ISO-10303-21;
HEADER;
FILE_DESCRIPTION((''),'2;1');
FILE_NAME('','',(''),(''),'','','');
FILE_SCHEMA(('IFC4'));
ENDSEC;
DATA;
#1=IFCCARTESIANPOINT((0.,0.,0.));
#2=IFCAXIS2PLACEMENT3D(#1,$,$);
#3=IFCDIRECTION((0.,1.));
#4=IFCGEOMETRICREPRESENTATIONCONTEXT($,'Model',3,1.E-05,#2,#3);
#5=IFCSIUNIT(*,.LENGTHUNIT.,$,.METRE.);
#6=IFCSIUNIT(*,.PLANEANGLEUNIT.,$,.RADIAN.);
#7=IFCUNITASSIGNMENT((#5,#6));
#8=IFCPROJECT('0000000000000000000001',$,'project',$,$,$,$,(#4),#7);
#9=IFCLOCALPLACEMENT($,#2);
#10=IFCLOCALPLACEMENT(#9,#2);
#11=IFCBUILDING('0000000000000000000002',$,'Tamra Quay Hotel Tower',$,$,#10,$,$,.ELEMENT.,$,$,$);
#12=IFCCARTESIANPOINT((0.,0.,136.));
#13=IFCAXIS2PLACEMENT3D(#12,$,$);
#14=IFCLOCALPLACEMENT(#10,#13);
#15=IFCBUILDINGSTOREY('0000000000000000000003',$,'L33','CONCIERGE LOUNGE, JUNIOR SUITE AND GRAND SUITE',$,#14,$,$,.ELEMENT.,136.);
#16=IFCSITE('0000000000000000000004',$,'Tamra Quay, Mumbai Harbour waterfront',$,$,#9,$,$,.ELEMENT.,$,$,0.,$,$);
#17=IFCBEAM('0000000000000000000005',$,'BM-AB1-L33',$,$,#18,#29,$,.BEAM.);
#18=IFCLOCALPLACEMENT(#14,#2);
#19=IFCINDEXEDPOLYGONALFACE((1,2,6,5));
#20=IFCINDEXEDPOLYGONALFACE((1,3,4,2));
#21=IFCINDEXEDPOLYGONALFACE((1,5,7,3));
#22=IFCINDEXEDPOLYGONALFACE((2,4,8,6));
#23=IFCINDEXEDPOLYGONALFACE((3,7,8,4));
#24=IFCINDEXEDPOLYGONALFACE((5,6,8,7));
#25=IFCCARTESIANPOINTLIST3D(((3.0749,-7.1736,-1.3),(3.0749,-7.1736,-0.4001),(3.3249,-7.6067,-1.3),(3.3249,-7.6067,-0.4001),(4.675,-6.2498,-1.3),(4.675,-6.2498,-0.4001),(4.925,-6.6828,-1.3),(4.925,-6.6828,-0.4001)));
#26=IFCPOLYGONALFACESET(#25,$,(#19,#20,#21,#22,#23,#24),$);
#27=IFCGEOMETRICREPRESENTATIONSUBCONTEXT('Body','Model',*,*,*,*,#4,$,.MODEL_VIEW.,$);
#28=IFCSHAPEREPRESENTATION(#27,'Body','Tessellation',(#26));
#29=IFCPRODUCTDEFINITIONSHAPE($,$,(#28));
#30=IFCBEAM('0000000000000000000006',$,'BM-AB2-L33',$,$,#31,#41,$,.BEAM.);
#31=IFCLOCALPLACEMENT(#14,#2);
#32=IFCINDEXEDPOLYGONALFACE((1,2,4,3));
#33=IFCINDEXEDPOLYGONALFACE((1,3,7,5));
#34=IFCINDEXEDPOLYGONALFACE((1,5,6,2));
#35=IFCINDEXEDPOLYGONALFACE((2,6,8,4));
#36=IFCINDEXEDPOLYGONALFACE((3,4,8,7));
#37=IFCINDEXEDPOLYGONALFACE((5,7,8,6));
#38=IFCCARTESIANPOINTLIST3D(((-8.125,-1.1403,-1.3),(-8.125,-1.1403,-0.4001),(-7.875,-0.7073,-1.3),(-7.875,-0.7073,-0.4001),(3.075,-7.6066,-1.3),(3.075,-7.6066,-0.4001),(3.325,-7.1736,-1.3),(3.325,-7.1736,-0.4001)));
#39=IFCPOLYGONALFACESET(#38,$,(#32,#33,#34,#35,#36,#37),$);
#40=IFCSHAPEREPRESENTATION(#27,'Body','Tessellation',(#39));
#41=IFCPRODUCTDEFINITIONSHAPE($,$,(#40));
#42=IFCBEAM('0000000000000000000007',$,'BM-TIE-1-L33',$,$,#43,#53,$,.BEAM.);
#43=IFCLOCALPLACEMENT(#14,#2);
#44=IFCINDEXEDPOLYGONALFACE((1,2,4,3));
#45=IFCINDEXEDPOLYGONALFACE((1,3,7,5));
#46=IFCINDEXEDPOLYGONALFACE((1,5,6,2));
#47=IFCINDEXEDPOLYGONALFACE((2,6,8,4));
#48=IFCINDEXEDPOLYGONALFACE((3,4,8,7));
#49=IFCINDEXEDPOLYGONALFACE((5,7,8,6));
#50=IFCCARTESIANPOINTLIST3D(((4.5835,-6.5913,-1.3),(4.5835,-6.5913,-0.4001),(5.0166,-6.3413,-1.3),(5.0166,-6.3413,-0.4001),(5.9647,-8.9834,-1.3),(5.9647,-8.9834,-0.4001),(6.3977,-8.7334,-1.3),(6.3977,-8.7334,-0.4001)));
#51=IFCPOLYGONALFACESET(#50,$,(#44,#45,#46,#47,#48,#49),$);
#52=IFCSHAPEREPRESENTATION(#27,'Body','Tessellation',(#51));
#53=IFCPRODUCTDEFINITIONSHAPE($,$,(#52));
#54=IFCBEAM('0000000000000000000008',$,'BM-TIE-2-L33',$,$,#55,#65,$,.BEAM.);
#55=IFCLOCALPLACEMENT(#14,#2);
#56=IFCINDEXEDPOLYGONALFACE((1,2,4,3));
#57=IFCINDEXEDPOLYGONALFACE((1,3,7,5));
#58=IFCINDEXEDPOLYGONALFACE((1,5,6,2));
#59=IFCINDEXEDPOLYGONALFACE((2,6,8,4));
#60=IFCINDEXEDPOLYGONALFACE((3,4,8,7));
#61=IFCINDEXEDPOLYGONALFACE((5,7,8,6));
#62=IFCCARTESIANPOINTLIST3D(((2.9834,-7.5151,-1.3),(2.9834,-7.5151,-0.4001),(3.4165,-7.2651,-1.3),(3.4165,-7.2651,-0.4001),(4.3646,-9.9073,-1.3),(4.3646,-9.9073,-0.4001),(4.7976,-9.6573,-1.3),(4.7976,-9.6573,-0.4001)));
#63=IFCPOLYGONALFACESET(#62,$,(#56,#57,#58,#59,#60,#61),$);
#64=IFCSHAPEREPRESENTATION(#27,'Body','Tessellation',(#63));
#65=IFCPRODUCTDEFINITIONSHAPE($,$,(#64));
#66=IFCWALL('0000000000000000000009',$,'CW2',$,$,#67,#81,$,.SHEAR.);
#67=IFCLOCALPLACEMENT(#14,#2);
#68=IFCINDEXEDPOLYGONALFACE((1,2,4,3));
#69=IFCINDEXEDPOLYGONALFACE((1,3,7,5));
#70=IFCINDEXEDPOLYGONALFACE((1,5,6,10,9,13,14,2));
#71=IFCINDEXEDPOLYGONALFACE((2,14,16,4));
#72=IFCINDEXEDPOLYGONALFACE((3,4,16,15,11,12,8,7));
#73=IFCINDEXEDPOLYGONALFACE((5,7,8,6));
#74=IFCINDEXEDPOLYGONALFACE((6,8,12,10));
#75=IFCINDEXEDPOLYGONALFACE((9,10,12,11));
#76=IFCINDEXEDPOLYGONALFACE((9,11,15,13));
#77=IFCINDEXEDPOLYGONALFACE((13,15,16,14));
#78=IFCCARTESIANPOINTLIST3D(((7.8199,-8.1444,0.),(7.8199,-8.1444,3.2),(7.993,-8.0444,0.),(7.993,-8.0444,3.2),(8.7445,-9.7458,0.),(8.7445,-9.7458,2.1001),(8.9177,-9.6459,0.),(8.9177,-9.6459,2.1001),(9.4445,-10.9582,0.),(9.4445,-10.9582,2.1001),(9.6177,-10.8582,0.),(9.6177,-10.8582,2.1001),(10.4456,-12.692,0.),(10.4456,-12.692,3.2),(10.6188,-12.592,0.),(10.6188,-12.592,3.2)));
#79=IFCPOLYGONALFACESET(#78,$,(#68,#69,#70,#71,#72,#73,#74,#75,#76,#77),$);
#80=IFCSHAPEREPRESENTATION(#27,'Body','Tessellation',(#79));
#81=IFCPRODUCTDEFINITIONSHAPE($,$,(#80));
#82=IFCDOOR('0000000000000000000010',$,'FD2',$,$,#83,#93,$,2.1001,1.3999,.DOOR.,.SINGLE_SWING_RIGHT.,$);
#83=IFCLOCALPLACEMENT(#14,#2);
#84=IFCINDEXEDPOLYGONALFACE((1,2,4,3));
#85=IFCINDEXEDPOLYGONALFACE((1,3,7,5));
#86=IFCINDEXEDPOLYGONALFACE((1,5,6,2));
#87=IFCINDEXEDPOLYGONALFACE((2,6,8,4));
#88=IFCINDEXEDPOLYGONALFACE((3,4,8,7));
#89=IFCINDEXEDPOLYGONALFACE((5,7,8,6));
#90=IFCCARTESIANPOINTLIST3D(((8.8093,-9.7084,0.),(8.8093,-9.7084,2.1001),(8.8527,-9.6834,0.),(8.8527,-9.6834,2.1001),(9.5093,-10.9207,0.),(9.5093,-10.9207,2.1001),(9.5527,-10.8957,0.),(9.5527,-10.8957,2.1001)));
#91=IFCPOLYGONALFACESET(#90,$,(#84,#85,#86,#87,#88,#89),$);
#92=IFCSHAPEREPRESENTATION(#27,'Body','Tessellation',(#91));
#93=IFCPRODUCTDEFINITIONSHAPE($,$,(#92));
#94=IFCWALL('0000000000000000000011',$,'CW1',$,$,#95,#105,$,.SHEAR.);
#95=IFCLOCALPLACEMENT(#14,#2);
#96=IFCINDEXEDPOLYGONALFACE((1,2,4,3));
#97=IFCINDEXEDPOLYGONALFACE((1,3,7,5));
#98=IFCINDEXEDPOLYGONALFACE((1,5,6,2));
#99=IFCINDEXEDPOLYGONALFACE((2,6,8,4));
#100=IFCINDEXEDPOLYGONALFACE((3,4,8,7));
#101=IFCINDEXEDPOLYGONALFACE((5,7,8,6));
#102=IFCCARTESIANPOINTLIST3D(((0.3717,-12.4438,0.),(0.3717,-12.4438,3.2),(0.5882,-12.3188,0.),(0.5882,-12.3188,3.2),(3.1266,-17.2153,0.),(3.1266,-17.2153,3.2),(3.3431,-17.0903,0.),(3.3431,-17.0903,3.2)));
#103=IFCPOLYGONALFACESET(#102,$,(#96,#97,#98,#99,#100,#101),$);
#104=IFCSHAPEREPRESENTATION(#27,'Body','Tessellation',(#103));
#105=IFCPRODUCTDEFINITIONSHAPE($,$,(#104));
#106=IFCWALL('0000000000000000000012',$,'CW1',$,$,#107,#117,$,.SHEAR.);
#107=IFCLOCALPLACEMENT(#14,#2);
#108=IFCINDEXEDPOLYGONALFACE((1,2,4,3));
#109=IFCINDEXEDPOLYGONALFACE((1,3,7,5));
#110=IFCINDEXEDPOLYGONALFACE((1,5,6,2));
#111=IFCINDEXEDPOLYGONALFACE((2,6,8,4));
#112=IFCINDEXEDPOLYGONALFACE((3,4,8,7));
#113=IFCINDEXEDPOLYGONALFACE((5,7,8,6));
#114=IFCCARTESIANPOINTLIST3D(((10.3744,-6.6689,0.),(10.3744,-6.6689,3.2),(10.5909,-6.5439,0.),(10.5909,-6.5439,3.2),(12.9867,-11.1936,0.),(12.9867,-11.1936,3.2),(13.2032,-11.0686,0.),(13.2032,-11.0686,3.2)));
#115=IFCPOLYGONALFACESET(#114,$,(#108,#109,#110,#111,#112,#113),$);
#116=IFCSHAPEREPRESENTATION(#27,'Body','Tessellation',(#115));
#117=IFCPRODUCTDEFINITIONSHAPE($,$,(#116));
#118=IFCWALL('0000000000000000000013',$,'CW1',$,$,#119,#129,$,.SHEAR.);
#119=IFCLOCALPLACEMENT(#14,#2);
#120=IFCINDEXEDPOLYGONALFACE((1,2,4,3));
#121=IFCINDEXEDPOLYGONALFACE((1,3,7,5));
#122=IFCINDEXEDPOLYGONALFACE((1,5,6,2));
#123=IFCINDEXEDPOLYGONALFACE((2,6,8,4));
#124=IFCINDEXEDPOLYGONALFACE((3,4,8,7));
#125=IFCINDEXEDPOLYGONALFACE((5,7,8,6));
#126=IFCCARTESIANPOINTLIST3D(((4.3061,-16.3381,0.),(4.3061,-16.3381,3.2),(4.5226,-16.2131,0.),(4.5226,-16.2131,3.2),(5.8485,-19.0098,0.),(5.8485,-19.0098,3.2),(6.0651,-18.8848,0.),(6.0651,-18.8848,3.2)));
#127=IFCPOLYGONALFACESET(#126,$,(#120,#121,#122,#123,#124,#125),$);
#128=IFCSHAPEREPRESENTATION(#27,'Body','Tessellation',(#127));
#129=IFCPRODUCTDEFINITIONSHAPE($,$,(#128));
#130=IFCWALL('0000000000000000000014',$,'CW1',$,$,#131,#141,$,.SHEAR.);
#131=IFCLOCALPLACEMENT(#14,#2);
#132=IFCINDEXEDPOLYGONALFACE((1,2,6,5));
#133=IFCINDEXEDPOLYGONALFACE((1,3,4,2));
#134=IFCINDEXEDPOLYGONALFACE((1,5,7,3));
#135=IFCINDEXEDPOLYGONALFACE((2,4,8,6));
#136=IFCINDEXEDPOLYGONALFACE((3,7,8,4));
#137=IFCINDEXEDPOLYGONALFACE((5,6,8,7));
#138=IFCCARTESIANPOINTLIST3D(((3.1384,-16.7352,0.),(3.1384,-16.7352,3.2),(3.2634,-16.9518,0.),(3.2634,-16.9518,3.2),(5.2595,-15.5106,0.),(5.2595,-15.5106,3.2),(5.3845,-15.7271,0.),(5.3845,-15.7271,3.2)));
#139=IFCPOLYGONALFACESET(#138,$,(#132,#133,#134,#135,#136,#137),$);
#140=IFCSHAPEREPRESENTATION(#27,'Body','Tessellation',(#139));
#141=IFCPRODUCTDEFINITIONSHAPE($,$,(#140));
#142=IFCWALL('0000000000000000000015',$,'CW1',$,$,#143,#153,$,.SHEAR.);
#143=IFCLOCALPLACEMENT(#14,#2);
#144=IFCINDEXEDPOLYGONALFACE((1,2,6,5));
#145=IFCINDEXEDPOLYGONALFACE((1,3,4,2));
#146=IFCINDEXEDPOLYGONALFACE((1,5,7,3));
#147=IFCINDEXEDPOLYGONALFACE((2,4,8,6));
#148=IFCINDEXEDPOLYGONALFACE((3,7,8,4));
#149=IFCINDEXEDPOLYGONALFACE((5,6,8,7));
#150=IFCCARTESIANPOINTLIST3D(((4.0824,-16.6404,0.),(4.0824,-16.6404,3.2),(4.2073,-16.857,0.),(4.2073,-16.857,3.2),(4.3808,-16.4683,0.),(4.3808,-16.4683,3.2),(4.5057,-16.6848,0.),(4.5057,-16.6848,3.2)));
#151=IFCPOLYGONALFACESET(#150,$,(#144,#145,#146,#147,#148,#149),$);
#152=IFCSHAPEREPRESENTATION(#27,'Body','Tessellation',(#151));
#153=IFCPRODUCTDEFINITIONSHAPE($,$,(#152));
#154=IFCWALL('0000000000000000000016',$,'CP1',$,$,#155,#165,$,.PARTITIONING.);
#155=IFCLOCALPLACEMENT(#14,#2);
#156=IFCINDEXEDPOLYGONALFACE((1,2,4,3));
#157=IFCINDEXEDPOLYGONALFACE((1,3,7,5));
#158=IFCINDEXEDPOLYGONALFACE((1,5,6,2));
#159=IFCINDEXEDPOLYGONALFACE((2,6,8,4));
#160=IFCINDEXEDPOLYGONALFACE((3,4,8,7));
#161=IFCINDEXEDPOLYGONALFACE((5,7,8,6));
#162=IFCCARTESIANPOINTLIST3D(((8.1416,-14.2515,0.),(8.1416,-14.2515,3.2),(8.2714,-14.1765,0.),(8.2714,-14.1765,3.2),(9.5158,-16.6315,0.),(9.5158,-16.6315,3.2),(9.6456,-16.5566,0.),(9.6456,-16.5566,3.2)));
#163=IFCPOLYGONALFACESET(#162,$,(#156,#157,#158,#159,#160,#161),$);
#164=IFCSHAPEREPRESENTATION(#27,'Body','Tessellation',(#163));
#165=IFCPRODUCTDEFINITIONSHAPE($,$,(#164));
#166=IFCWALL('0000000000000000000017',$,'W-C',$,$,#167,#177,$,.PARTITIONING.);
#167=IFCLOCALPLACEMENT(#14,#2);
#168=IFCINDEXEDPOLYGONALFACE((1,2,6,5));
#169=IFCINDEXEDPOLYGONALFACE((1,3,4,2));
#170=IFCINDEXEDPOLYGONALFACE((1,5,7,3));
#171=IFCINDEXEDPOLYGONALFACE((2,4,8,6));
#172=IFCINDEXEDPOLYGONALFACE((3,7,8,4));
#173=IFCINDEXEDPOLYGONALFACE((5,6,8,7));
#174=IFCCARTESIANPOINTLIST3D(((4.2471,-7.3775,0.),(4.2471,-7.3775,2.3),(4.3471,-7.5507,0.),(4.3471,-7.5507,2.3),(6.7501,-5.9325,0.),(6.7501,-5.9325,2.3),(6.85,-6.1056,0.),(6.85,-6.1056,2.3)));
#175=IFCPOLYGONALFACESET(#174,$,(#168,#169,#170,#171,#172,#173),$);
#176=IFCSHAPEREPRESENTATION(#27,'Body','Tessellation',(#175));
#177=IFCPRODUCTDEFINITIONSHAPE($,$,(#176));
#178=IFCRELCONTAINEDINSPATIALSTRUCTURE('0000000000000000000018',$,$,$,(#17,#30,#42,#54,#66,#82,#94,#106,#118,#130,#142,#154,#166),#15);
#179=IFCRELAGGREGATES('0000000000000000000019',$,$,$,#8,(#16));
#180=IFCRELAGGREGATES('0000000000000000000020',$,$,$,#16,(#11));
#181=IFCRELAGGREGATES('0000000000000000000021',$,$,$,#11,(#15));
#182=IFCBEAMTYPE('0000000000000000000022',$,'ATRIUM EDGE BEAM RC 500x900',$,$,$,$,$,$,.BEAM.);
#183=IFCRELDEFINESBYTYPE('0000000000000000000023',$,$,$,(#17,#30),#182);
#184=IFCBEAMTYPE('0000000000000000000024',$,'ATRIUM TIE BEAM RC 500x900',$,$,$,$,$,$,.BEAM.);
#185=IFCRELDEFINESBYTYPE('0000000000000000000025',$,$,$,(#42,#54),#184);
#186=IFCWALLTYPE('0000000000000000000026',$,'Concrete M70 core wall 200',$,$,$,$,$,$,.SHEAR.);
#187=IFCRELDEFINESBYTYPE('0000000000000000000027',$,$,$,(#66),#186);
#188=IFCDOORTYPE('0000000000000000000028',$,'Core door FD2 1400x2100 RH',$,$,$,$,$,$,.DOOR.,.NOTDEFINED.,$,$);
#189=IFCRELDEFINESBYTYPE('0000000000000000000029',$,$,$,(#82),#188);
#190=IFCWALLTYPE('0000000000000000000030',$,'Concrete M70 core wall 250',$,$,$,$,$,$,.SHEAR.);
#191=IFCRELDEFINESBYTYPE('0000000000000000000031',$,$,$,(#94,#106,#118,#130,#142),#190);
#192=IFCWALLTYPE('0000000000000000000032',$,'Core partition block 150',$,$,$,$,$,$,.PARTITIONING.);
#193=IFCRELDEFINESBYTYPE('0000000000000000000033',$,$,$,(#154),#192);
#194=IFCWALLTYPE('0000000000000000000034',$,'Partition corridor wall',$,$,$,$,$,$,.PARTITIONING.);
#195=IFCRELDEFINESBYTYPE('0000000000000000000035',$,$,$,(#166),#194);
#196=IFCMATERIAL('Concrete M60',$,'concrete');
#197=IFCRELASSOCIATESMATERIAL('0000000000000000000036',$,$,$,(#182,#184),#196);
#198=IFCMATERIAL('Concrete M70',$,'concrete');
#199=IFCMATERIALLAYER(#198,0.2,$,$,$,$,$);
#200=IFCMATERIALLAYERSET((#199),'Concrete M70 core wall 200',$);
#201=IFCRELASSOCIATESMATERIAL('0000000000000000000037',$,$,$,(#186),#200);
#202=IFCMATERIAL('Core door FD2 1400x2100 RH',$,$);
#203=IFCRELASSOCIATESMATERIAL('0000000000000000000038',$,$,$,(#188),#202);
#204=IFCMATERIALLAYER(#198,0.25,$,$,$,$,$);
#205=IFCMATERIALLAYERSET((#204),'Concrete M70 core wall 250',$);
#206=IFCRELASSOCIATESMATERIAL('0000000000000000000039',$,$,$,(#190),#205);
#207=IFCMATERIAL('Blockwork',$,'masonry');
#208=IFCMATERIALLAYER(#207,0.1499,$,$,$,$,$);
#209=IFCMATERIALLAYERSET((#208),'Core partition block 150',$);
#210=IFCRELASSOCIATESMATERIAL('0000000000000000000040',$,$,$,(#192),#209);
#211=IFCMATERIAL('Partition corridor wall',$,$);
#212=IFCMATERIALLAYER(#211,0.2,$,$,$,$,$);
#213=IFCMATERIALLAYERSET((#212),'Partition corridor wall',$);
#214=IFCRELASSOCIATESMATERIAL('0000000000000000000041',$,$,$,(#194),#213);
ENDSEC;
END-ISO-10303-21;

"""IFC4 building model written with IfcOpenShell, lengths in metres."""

from ifc_helpers import new_model, si_unit, direction, frame, frame_2d, origin, origin_2d, place, context, subcontext, project, spatial, rectangle, extrude, material, layer, layer_set, material_profile, profile_set, type_object, element, fill, save


model = new_model("IFC4")

# Units and contexts
model_context = context("Model", 3, precision=1e-05, world=origin(), true_north=direction((0.0, 1.0)))
body_context = subcontext(model_context, "Body", "Model", "MODEL_VIEW")
ifc_project = project(units=[si_unit("LENGTHUNIT", "METRE"), si_unit("PLANEANGLEUNIT", "RADIAN")], contexts=[model_context])

# Site, building, storey
site_placement = place(None, origin())
site = spatial("IfcSite", under=ifc_project, at=site_placement, Name="Tamra Quay, Mumbai Harbour waterfront", CompositionType="ELEMENT", RefElevation=0.0)
building_placement = place(site_placement, origin())
building = spatial("IfcBuilding", under=site, at=building_placement, Name="Tamra Quay Hotel Tower", CompositionType="ELEMENT")
storey_placement = place(building_placement, frame((0.0, 0.0, 136.0)))
storey = spatial("IfcBuildingStorey", under=building, at=storey_placement, Name="L33", Description="CONCIERGE LOUNGE, JUNIOR SUITE AND GRAND SUITE", CompositionType="ELEMENT", Elevation=136.0)

# Beams
ifc_material_1 = material(Name="Concrete M60", Category="concrete")
ifc_material_profile_1 = material_profile(ifc_material_1, rectangle(XDim=0.5, YDim=0.8999, at=origin_2d()), Name="ATRIUM EDGE BEAM RC 500x900")
ifc_profile_set_1 = profile_set([ifc_material_profile_1], Name="Concrete M60")
beam_type_1 = type_object("IfcBeamType", Name="ATRIUM EDGE BEAM RC 500x900", PredefinedType="BEAM", material=ifc_profile_set_1)
beam_1_placement = place(storey_placement, frame((4.8, -6.4663, -0.8501), z_axis=(-0.866023, -0.500005, 0.0), x_axis=(0.500005, -0.866023, 0.0)))
element("IfcBeam", 1, at=beam_1_placement, inside=storey, type_object=beam_type_1, Name="BM-AB1-L33", PredefinedType="BEAM", context=body_context, shape_type="SweptSolid", body=[
    extrude(rectangle(XDim=0.5, YDim=0.8999, at=origin_2d()), origin(), (0.0, 0.0, 1.0), 1.8477),
])
beam_2_placement = place(storey_placement, frame((3.2, -7.3901, -0.8501), z_axis=(-0.866025, 0.500001, 0.0), x_axis=(-0.500001, -0.866025, 0.0)))
element("IfcBeam", 2, at=beam_2_placement, inside=storey, type_object=beam_type_1, Name="BM-AB2-L33", PredefinedType="BEAM", context=body_context, shape_type="SweptSolid", body=[
    extrude(rectangle(XDim=0.5, YDim=0.8999, at=origin_2d()), origin(), (0.0, 0.0, 1.0), 12.9326),
])
ifc_material_profile_2 = material_profile(ifc_material_1, rectangle(XDim=0.5, YDim=0.8999, at=origin_2d()), Name="ATRIUM TIE BEAM RC 500x900")
ifc_profile_set_2 = profile_set([ifc_material_profile_2], Name="Concrete M60")
beam_type_2 = type_object("IfcBeamType", Name="ATRIUM TIE BEAM RC 500x900", PredefinedType="BEAM", material=ifc_profile_set_2)
for number, where, z_axis, x_axis, name in (
    (3, (4.8, -6.4663, -0.8501), (0.500008, -0.866021, 0.0), (0.866021, 0.500008, 0.0), "BM-TIE-1-L33"),
    (4, (3.2, -7.3901, -0.8501), (0.500008, -0.866021, 0.0), (0.866021, 0.500008, 0.0), "BM-TIE-2-L33"),
):
    element("IfcBeam", number, at=place(storey_placement, frame(where, z_axis=z_axis, x_axis=x_axis)), inside=storey, type_object=beam_type_2, Name=name, PredefinedType="BEAM", context=body_context, shape_type="SweptSolid", body=[
        extrude(rectangle(XDim=0.5, YDim=0.8999, at=origin_2d()), origin(), (0.0, 0.0, 1.0), 2.7622),
    ])

# Wall, opening, door
ifc_material_2 = material(Name="Concrete M70", Category="concrete")
ifc_layer_1 = layer(ifc_material_2, 0.2)
ifc_layer_set_1 = layer_set([ifc_layer_1], Name="Concrete M70 core wall 200")
wall_type_1 = type_object("IfcWallType", Name="Concrete M70 core wall 200", PredefinedType="SHEAR", material=ifc_layer_set_1)
wall_1_placement = place(storey_placement, frame((7.9065, -8.0945, 0.0), z_axis=(0.0, 0.0, 1.0), x_axis=(0.500024, -0.866011, 0.0)))
wall_1 = element("IfcWall", 5, at=wall_1_placement, inside=storey, type_object=wall_type_1, Name="CW2", PredefinedType="SHEAR", context=body_context, shape_type="SweptSolid", body=[
    extrude(rectangle(XDim=5.2512, YDim=0.2, at=frame_2d((2.6255, 0.0))), origin(), (0.0, 0.0, 1.0), 3.2),
])
opening_1_placement = place(wall_1_placement, frame((1.8491, 0.0, 0.0)))
opening_1 = element("IfcOpeningElement", 6, at=opening_1_placement, cuts=wall_1, PredefinedType="OPENING", context=body_context, shape_type="SweptSolid", body=[
    extrude(rectangle(XDim=1.3999, YDim=2.1001, at=frame_2d((0.7, 1.05))), frame((0.0, 0.1099, 0.0), z_axis=(0.0, -1.0, 0.0), x_axis=(1.0, 0.0, 0.0)), (0.0, 0.0, 1.0), 0.22),
])
ifc_material_3 = material(Name="Core door FD2 1400x2100 RH")
door_type_1 = type_object("IfcDoorType", Name="Core door FD2 1400x2100 RH", OperationType="NOTDEFINED", PredefinedType="DOOR", material=ifc_material_3)
door_1_placement = place(opening_1_placement, origin())
door_1 = element("IfcDoor", 7, at=door_1_placement, inside=storey, type_object=door_type_1, Name="FD2", OperationType="SINGLE_SWING_RIGHT", OverallHeight=2.1001, OverallWidth=1.3999, PredefinedType="DOOR", context=body_context, shape_type="SweptSolid", body=[
    extrude(rectangle(XDim=1.3999, YDim=2.1001, at=frame_2d((0.7, 1.05))), frame((0.0, 0.0249, 0.0), z_axis=(0.0, -1.0, 0.0), x_axis=(1.0, 0.0, 0.0)), (0.0, 0.0, 1.0), 0.05),
])
fill(opening_1, door_1)

# Walls
ifc_layer_2 = layer(ifc_material_2, 0.25)
ifc_layer_set_2 = layer_set([ifc_layer_2], Name="Concrete M70 core wall 250")
wall_type_2 = type_object("IfcWallType", Name="Concrete M70 core wall 250", PredefinedType="SHEAR", material=ifc_layer_set_2)
wall_2_placement = place(storey_placement, frame((3.2349, -17.1528, 0.0), z_axis=(0.0, 0.0, 1.0), x_axis=(-0.500009, 0.86602, 0.0)))
element("IfcWall", 8, at=wall_2_placement, inside=storey, type_object=wall_type_2, Name="CW1", PredefinedType="SHEAR", context=body_context, shape_type="SweptSolid", body=[
    extrude(rectangle(XDim=5.5098, YDim=0.25, at=frame_2d((2.7549, 0.0))), origin(), (0.0, 0.0, 1.0), 3.2),
])
wall_3_placement = place(storey_placement, frame((10.4827, -6.6064, 0.0), z_axis=(0.0, 0.0, 1.0), x_axis=(0.499999, -0.866026, 0.0)))
element("IfcWall", 9, at=wall_3_placement, inside=storey, type_object=wall_type_2, Name="CW1", PredefinedType="SHEAR", context=body_context, shape_type="SweptSolid", body=[
    extrude(rectangle(XDim=5.2246, YDim=0.25, at=frame_2d((2.6123, 0.0))), origin(), (0.0, 0.0, 1.0), 3.2),
])
wall_4_placement = place(storey_placement, frame((4.4143, -16.2756, 0.0), z_axis=(0.0, 0.0, 1.0), x_axis=(0.500003, -0.866023, 0.0)))
element("IfcWall", 10, at=wall_4_placement, inside=storey, type_object=wall_type_2, Name="CW1", PredefinedType="SHEAR", context=body_context, shape_type="SweptSolid", body=[
    extrude(rectangle(XDim=3.085, YDim=0.25, at=frame_2d((1.5425, 0.0))), origin(), (0.0, 0.0, 1.0), 3.2),
])
wall_5_placement = place(storey_placement, frame((5.322, -15.6189, 0.0), z_axis=(0.0, 0.0, 1.0), x_axis=(-0.866026, -0.499999, 0.0)))
element("IfcWall", 11, at=wall_5_placement, inside=storey, type_object=wall_type_2, Name="CW1", PredefinedType="SHEAR", context=body_context, shape_type="SweptSolid", body=[
    extrude(rectangle(XDim=2.4492, YDim=0.25, at=frame_2d((1.2246, 0.0))), origin(), (0.0, 0.0, 1.0), 3.2),
])
wall_6_placement = place(storey_placement, frame((4.1448, -16.7488, 0.0), z_axis=(0.0, 0.0, 1.0), x_axis=(0.866186, 0.499722, 0.0)))
element("IfcWall", 12, at=wall_6_placement, inside=storey, type_object=wall_type_2, Name="CW1", PredefinedType="SHEAR", context=body_context, shape_type="SweptSolid", body=[
    extrude(rectangle(XDim=0.3445, YDim=0.25, at=frame_2d((0.1724, 0.0))), origin(), (0.0, 0.0, 1.0), 3.2),
])
ifc_material_4 = material(Name="Blockwork", Category="masonry")
ifc_layer_3 = layer(ifc_material_4, 0.1499)
ifc_layer_set_3 = layer_set([ifc_layer_3], Name="Core partition block 150")
wall_type_3 = type_object("IfcWallType", Name="Core partition block 150", PredefinedType="PARTITIONING", material=ifc_layer_set_3)
wall_7_placement = place(storey_placement, frame((8.2065, -14.2141, 0.0), z_axis=(0.0, 0.0, 1.0), x_axis=(0.500027, -0.86601, 0.0)))
element("IfcWall", 13, at=wall_7_placement, inside=storey, type_object=wall_type_3, Name="CP1", PredefinedType="PARTITIONING", context=body_context, shape_type="SweptSolid", body=[
    extrude(rectangle(XDim=2.7483, YDim=0.1499, at=frame_2d((1.374, 0.0))), origin(), (0.0, 0.0, 1.0), 3.2),
])
ifc_material_5 = material(Name="Partition corridor wall")
ifc_layer_4 = layer(ifc_material_5, 0.2)
ifc_layer_set_4 = layer_set([ifc_layer_4], Name="Partition corridor wall")
wall_type_4 = type_object("IfcWallType", Name="Partition corridor wall", PredefinedType="PARTITIONING", material=ifc_layer_set_4)
wall_8_placement = place(storey_placement, frame((4.2971, -7.4641, 0.0), z_axis=(0.0, 0.0, 1.0), x_axis=(0.866025, 0.5, 0.0)))
element("IfcWall", 14, at=wall_8_placement, inside=storey, type_object=wall_type_4, Name="W-C", PredefinedType="PARTITIONING", context=body_context, shape_type="SweptSolid", body=[
    extrude(rectangle(XDim=2.8901, YDim=0.2, at=frame_2d((1.4451, 0.0))), origin(), (0.0, 0.0, 1.0), 2.3),
])

save(model, "model.ifc")
